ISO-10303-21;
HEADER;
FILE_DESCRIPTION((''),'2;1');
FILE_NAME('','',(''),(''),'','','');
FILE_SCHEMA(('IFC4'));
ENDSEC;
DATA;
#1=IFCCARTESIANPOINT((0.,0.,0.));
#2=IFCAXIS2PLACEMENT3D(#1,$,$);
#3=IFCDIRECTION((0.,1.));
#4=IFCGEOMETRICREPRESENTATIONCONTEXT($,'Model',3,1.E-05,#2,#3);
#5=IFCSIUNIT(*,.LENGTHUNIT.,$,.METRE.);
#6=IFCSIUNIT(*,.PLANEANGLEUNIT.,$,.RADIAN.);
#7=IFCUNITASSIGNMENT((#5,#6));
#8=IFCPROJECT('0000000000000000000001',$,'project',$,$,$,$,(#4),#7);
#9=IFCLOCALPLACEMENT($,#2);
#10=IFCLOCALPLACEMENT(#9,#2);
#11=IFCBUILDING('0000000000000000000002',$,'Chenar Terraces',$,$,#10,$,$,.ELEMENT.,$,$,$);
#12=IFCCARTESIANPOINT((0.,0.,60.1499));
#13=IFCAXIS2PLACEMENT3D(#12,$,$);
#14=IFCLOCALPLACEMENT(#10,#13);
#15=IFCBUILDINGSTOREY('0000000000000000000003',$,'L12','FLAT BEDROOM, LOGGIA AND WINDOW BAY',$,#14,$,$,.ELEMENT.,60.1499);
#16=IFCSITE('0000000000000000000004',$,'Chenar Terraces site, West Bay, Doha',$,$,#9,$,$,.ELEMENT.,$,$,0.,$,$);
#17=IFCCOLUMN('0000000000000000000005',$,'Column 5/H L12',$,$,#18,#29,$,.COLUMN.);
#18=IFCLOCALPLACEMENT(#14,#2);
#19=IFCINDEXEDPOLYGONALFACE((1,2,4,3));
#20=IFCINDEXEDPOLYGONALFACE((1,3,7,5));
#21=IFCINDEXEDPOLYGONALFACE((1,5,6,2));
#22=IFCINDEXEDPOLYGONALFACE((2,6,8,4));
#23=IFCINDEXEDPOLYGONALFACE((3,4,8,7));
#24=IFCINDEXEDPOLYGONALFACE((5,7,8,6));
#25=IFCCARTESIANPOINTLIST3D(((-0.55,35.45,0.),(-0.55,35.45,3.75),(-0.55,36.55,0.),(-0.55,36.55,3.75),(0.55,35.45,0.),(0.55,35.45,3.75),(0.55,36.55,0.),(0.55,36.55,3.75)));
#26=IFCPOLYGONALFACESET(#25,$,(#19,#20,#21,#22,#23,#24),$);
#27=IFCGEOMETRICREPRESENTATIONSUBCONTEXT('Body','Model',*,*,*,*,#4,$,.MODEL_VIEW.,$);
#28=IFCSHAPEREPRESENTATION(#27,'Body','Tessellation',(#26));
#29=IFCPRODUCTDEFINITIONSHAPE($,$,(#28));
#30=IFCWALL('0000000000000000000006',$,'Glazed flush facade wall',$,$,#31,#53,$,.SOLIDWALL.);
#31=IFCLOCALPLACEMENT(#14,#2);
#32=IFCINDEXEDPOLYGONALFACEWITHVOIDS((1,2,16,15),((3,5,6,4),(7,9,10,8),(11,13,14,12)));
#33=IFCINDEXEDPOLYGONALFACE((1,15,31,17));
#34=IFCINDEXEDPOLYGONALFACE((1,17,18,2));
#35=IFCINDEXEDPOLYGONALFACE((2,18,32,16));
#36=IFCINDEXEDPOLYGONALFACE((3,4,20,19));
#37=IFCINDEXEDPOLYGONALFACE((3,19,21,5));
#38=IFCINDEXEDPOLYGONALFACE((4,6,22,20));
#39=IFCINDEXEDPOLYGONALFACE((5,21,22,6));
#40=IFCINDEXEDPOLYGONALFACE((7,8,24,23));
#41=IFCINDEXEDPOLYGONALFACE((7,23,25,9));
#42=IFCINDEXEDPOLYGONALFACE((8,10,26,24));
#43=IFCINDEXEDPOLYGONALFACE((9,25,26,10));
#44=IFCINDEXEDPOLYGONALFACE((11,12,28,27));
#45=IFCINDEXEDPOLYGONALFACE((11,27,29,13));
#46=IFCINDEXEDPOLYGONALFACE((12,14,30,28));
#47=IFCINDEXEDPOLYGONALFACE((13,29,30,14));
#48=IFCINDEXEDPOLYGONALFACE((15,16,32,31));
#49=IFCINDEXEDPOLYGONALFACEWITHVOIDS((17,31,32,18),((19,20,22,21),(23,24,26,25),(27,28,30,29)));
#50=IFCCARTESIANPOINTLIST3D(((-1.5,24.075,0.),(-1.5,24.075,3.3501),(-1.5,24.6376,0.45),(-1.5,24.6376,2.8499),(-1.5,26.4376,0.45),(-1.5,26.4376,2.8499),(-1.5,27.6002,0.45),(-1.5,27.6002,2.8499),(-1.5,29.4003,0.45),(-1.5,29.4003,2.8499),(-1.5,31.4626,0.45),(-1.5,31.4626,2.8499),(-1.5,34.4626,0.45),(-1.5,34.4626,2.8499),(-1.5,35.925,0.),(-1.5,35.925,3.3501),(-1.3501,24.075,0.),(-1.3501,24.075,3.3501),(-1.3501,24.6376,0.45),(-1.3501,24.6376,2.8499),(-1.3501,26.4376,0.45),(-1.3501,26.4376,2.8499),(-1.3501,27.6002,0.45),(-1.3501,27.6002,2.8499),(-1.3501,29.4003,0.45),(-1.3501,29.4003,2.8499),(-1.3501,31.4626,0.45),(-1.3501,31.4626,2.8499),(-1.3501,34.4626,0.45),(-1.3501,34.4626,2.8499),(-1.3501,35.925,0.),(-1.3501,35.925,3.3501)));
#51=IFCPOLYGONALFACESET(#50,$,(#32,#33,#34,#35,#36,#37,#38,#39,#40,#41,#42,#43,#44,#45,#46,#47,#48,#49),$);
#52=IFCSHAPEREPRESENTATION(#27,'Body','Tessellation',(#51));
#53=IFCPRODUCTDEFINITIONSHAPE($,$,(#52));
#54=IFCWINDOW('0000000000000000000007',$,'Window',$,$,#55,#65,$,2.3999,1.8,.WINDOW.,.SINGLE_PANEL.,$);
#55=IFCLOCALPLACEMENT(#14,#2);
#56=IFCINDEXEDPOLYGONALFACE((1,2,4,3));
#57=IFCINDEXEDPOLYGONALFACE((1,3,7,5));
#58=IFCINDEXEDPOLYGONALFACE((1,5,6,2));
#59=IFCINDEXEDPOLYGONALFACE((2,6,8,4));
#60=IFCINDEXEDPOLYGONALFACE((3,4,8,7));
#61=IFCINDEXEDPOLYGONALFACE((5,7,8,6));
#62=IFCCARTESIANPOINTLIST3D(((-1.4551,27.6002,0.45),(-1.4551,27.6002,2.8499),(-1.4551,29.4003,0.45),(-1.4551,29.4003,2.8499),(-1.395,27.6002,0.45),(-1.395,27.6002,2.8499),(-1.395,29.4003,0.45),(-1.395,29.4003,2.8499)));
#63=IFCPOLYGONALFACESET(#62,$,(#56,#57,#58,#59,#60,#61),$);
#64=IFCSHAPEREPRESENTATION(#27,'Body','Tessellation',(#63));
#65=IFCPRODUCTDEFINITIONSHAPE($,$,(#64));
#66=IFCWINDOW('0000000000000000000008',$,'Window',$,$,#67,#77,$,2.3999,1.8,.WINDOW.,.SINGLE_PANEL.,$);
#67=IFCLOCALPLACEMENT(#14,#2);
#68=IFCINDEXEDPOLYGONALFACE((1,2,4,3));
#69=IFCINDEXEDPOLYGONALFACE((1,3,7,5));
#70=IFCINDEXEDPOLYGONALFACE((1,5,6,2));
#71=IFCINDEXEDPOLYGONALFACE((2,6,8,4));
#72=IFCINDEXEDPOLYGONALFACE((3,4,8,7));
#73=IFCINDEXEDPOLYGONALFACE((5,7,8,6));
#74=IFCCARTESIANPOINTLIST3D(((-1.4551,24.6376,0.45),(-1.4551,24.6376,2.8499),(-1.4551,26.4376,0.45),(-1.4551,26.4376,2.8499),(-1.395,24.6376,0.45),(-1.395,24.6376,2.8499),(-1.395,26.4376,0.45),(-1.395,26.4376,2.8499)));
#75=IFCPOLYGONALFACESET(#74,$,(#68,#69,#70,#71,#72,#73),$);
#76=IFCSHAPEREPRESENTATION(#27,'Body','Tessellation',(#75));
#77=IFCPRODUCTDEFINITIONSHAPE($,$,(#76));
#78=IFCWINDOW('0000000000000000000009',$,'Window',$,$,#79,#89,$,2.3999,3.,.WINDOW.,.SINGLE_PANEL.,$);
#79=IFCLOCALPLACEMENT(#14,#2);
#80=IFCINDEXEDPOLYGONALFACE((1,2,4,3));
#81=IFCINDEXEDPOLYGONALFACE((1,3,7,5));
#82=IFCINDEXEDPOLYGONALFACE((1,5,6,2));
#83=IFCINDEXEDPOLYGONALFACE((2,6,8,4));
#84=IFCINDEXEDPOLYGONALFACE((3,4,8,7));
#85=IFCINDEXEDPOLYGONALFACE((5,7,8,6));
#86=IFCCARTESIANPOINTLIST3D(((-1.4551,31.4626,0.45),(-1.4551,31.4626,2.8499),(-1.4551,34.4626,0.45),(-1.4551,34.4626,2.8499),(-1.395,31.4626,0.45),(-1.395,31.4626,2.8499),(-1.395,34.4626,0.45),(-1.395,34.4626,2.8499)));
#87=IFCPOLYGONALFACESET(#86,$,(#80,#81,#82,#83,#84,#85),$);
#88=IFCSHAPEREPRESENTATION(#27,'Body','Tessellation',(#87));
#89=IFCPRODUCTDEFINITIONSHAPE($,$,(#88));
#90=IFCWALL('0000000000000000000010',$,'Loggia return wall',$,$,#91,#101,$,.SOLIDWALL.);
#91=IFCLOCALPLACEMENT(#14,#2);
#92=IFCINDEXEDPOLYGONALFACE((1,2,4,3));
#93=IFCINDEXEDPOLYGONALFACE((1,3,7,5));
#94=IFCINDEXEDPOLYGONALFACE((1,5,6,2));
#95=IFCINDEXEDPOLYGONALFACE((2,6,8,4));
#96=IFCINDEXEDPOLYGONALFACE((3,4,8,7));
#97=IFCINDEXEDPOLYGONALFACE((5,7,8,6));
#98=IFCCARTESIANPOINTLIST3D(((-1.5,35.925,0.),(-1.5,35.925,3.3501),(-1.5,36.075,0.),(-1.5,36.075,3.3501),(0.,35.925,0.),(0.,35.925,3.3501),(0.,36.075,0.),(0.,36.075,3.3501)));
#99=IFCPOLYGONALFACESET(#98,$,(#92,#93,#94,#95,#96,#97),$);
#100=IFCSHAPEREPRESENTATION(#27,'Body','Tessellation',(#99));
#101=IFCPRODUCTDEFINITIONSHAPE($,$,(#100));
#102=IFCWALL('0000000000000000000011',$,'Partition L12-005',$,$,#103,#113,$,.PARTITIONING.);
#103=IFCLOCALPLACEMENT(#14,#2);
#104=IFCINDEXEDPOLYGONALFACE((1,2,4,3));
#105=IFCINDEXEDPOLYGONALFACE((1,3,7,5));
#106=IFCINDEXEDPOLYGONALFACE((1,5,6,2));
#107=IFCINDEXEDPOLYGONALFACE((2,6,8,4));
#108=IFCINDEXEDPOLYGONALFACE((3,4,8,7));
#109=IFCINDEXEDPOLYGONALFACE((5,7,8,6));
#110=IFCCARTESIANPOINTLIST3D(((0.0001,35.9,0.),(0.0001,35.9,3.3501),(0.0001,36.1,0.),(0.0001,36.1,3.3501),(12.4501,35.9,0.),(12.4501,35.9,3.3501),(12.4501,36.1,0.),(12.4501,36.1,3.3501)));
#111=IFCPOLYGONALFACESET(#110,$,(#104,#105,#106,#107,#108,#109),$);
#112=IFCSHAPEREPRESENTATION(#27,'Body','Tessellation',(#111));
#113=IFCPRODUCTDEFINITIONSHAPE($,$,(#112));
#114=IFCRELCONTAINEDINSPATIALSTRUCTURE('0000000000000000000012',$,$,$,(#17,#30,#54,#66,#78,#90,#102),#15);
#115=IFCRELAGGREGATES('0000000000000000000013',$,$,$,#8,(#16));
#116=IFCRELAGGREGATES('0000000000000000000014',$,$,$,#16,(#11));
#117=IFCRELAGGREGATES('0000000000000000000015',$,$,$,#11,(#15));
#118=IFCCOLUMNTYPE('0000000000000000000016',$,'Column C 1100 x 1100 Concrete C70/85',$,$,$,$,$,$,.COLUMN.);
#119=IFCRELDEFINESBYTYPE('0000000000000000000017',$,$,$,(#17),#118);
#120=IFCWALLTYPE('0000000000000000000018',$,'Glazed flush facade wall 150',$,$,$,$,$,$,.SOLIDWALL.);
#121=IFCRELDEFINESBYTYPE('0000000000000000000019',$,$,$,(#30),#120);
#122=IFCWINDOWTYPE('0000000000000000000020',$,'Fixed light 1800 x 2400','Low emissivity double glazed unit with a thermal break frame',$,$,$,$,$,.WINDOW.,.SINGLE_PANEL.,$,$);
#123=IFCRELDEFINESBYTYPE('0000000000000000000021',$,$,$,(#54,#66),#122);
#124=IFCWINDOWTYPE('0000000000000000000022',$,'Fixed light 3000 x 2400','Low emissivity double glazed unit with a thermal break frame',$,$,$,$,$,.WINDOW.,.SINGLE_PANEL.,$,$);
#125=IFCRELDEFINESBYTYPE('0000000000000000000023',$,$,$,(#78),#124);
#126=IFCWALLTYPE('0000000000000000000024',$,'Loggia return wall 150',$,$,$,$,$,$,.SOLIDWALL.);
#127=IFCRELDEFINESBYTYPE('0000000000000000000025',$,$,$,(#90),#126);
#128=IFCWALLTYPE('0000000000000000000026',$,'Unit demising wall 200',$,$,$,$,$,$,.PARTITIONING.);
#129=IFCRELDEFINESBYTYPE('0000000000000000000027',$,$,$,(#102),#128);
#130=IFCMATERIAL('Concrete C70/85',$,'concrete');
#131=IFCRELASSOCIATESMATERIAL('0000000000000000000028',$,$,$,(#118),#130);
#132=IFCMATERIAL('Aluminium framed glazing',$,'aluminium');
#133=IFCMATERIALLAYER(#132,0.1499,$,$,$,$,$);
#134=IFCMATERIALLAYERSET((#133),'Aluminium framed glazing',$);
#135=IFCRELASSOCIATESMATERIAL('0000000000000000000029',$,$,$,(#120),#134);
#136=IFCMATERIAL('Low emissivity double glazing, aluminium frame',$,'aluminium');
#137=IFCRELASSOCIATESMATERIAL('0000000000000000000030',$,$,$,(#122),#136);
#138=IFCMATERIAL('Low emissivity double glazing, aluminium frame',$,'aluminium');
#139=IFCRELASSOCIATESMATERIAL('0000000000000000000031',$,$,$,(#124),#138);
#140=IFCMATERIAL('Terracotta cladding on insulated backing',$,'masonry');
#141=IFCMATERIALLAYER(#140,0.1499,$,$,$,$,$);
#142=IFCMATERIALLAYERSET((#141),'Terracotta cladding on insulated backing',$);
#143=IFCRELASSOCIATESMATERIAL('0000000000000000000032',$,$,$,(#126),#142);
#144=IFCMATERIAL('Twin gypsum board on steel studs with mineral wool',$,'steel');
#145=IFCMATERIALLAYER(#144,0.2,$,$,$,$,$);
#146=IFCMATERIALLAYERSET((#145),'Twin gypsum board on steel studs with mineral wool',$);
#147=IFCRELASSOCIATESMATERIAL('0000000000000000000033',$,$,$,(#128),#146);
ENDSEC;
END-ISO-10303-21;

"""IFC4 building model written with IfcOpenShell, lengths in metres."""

from ifc_helpers import new_model, si_unit, direction, frame, frame_2d, origin, origin_2d, place, context, subcontext, project, spatial, rectangle, extrude, material, layer, layer_set, material_profile, profile_set, type_object, element, fill, save


model = new_model("IFC4")

# Units and contexts
model_context = context("Model", 3, precision=1e-05, world=origin(), true_north=direction((0.0, 1.0)))
body_context = subcontext(model_context, "Body", "Model", "MODEL_VIEW")
ifc_project = project(units=[si_unit("LENGTHUNIT", "METRE"), si_unit("PLANEANGLEUNIT", "RADIAN")], contexts=[model_context])

# Site, building, storey
site_placement = place(None, origin())
site = spatial("IfcSite", under=ifc_project, at=site_placement, Name="Chenar Terraces site, West Bay, Doha", CompositionType="ELEMENT", RefElevation=0.0)
building_placement = place(site_placement, origin())
building = spatial("IfcBuilding", under=site, at=building_placement, Name="Chenar Terraces", CompositionType="ELEMENT")
storey_placement = place(building_placement, frame((0.0, 0.0, 60.1499)))
storey = spatial("IfcBuildingStorey", under=building, at=storey_placement, Name="L12", Description="FLAT BEDROOM, LOGGIA AND WINDOW BAY", CompositionType="ELEMENT", Elevation=60.1499)

# Column
ifc_material_1 = material(Name="Concrete C70/85", Category="concrete")
ifc_material_profile = material_profile(ifc_material_1, rectangle(XDim=1.1001, YDim=1.1001, at=origin_2d()), Name="C 1100 x 1100")
ifc_profile_set = profile_set([ifc_material_profile], Name="Concrete C70/85")
column_type = type_object("IfcColumnType", Name="Column C 1100 x 1100 Concrete C70/85", PredefinedType="COLUMN", material=ifc_profile_set)
placement = place(storey_placement, frame((0.0, 36.0, 0.0), z_axis=(0.0, 0.0, 1.0), x_axis=(1.0, 0.0, 0.0)))
element("IfcColumn", 1, at=placement, inside=storey, type_object=column_type, Name="Column 5/H L12", PredefinedType="COLUMN", context=body_context, shape_type="SweptSolid", body=[
    extrude(rectangle(XDim=1.1001, YDim=1.1001, at=origin_2d()), origin(), (0.0, 0.0, 1.0), 3.75),
])

# Wall, openings, windows
ifc_material_2 = material(Name="Aluminium framed glazing", Category="aluminium")
ifc_layer_1 = layer(ifc_material_2, 0.1499)
ifc_layer_set_1 = layer_set([ifc_layer_1], Name="Aluminium framed glazing")
wall_type_1 = type_object("IfcWallType", Name="Glazed flush facade wall 150", PredefinedType="SOLIDWALL", material=ifc_layer_set_1)
wall_1_placement = place(storey_placement, frame((-1.425, 35.925, 0.0), z_axis=(0.0, 0.0, 1.0), x_axis=(0.0, -1.0, 0.0)))
wall_1 = element("IfcWall", 2, at=wall_1_placement, inside=storey, type_object=wall_type_1, Name="Glazed flush facade wall", PredefinedType="SOLIDWALL", context=body_context, shape_type="SweptSolid", body=[
    extrude(rectangle(XDim=11.8501, YDim=0.1499, at=frame_2d((5.925, 0.0))), origin(), (0.0, 0.0, 1.0), 3.3501),
])
opening_1_placement = place(wall_1_placement, frame((1.4624, 0.0, 0.45)))
opening_1 = element("IfcOpeningElement", 3, at=opening_1_placement, cuts=wall_1, PredefinedType="OPENING", context=body_context, shape_type="SweptSolid", body=[
    extrude(rectangle(XDim=3.0, YDim=2.3999, at=frame_2d((1.5, 1.2))), frame((0.0, 0.085, 0.0), z_axis=(0.0, -1.0, 0.0), x_axis=(1.0, 0.0, 0.0)), (0.0, 0.0, 1.0), 0.1699),
])
opening_2_placement = place(wall_1_placement, frame((6.5249, 0.0, 0.45)))
opening_2 = element("IfcOpeningElement", 4, at=opening_2_placement, cuts=wall_1, PredefinedType="OPENING", context=body_context, shape_type="SweptSolid", body=[
    extrude(rectangle(XDim=1.8, YDim=2.3999, at=frame_2d((0.8999, 1.2))), frame((0.0, 0.085, 0.0), z_axis=(0.0, -1.0, 0.0), x_axis=(1.0, 0.0, 0.0)), (0.0, 0.0, 1.0), 0.1699),
])
opening_3_placement = place(wall_1_placement, frame((9.4875, 0.0, 0.45)))
opening_3 = element("IfcOpeningElement", 5, at=opening_3_placement, cuts=wall_1, PredefinedType="OPENING", context=body_context, shape_type="SweptSolid", body=[
    extrude(rectangle(XDim=1.8, YDim=2.3999, at=frame_2d((0.8999, 1.2))), frame((0.0, 0.085, 0.0), z_axis=(0.0, -1.0, 0.0), x_axis=(1.0, 0.0, 0.0)), (0.0, 0.0, 1.0), 0.1699),
])
ifc_material_3 = material(Name="Low emissivity double glazing, aluminium frame", Category="aluminium")
window_type_1 = type_object("IfcWindowType", Name="Fixed light 1800 x 2400", Description="Low emissivity double glazed unit with a thermal break frame", PartitioningType="SINGLE_PANEL", PredefinedType="WINDOW", material=ifc_material_3)
window_1_placement = place(opening_2_placement, origin())
window_1 = element("IfcWindow", 6, at=window_1_placement, inside=storey, type_object=window_type_1, Name="Window", OverallHeight=2.3999, OverallWidth=1.8, PartitioningType="SINGLE_PANEL", PredefinedType="WINDOW", context=body_context, shape_type="SweptSolid", body=[
    extrude(rectangle(XDim=1.8, YDim=2.3999, at=frame_2d((0.8999, 1.2))), frame((0.0, 0.03, 0.0), z_axis=(0.0, -1.0, 0.0), x_axis=(1.0, 0.0, 0.0)), (0.0, 0.0, 1.0), 0.0601),
])
fill(opening_2, window_1)
window_2_placement = place(opening_3_placement, origin())
window_2 = element("IfcWindow", 7, at=window_2_placement, inside=storey, type_object=window_type_1, Name="Window", OverallHeight=2.3999, OverallWidth=1.8, PartitioningType="SINGLE_PANEL", PredefinedType="WINDOW", context=body_context, shape_type="SweptSolid", body=[
    extrude(rectangle(XDim=1.8, YDim=2.3999, at=frame_2d((0.8999, 1.2))), frame((0.0, 0.03, 0.0), z_axis=(0.0, -1.0, 0.0), x_axis=(1.0, 0.0, 0.0)), (0.0, 0.0, 1.0), 0.0601),
])
fill(opening_3, window_2)
ifc_material_4 = material(Name="Low emissivity double glazing, aluminium frame", Category="aluminium")
window_type_2 = type_object("IfcWindowType", Name="Fixed light 3000 x 2400", Description="Low emissivity double glazed unit with a thermal break frame", PartitioningType="SINGLE_PANEL", PredefinedType="WINDOW", material=ifc_material_4)
window_3_placement = place(opening_1_placement, origin())
window_3 = element("IfcWindow", 8, at=window_3_placement, inside=storey, type_object=window_type_2, Name="Window", OverallHeight=2.3999, OverallWidth=3.0, PartitioningType="SINGLE_PANEL", PredefinedType="WINDOW", context=body_context, shape_type="SweptSolid", body=[
    extrude(rectangle(XDim=3.0, YDim=2.3999, at=frame_2d((1.5, 1.2))), frame((0.0, 0.03, 0.0), z_axis=(0.0, -1.0, 0.0), x_axis=(1.0, 0.0, 0.0)), (0.0, 0.0, 1.0), 0.0601),
])
fill(opening_1, window_3)

# Walls
ifc_material_5 = material(Name="Terracotta cladding on insulated backing", Category="masonry")
ifc_layer_2 = layer(ifc_material_5, 0.1499)
ifc_layer_set_2 = layer_set([ifc_layer_2], Name="Terracotta cladding on insulated backing")
wall_type_2 = type_object("IfcWallType", Name="Loggia return wall 150", PredefinedType="SOLIDWALL", material=ifc_layer_set_2)
wall_2_placement = place(storey_placement, frame((-1.5, 36.0, 0.0), z_axis=(0.0, 0.0, 1.0), x_axis=(1.0, 0.0, 0.0)))
element("IfcWall", 9, at=wall_2_placement, inside=storey, type_object=wall_type_2, Name="Loggia return wall", PredefinedType="SOLIDWALL", context=body_context, shape_type="SweptSolid", body=[
    extrude(rectangle(XDim=1.5, YDim=0.1499, at=frame_2d((0.75, 0.0))), origin(), (0.0, 0.0, 1.0), 3.3501),
])
ifc_material_6 = material(Name="Twin gypsum board on steel studs with mineral wool", Category="steel")
ifc_layer_3 = layer(ifc_material_6, 0.2)
ifc_layer_set_3 = layer_set([ifc_layer_3], Name="Twin gypsum board on steel studs with mineral wool")
wall_type_3 = type_object("IfcWallType", Name="Unit demising wall 200", PredefinedType="PARTITIONING", material=ifc_layer_set_3)
element("IfcWall", 10, at=placement, inside=storey, type_object=wall_type_3, Name="Partition L12-005", PredefinedType="PARTITIONING", context=body_context, shape_type="SweptSolid", body=[
    extrude(rectangle(XDim=12.45, YDim=0.2, at=frame_2d((6.2251, 0.0))), origin(), (0.0, 0.0, 1.0), 3.3501),
])

save(model, "model.ifc")
